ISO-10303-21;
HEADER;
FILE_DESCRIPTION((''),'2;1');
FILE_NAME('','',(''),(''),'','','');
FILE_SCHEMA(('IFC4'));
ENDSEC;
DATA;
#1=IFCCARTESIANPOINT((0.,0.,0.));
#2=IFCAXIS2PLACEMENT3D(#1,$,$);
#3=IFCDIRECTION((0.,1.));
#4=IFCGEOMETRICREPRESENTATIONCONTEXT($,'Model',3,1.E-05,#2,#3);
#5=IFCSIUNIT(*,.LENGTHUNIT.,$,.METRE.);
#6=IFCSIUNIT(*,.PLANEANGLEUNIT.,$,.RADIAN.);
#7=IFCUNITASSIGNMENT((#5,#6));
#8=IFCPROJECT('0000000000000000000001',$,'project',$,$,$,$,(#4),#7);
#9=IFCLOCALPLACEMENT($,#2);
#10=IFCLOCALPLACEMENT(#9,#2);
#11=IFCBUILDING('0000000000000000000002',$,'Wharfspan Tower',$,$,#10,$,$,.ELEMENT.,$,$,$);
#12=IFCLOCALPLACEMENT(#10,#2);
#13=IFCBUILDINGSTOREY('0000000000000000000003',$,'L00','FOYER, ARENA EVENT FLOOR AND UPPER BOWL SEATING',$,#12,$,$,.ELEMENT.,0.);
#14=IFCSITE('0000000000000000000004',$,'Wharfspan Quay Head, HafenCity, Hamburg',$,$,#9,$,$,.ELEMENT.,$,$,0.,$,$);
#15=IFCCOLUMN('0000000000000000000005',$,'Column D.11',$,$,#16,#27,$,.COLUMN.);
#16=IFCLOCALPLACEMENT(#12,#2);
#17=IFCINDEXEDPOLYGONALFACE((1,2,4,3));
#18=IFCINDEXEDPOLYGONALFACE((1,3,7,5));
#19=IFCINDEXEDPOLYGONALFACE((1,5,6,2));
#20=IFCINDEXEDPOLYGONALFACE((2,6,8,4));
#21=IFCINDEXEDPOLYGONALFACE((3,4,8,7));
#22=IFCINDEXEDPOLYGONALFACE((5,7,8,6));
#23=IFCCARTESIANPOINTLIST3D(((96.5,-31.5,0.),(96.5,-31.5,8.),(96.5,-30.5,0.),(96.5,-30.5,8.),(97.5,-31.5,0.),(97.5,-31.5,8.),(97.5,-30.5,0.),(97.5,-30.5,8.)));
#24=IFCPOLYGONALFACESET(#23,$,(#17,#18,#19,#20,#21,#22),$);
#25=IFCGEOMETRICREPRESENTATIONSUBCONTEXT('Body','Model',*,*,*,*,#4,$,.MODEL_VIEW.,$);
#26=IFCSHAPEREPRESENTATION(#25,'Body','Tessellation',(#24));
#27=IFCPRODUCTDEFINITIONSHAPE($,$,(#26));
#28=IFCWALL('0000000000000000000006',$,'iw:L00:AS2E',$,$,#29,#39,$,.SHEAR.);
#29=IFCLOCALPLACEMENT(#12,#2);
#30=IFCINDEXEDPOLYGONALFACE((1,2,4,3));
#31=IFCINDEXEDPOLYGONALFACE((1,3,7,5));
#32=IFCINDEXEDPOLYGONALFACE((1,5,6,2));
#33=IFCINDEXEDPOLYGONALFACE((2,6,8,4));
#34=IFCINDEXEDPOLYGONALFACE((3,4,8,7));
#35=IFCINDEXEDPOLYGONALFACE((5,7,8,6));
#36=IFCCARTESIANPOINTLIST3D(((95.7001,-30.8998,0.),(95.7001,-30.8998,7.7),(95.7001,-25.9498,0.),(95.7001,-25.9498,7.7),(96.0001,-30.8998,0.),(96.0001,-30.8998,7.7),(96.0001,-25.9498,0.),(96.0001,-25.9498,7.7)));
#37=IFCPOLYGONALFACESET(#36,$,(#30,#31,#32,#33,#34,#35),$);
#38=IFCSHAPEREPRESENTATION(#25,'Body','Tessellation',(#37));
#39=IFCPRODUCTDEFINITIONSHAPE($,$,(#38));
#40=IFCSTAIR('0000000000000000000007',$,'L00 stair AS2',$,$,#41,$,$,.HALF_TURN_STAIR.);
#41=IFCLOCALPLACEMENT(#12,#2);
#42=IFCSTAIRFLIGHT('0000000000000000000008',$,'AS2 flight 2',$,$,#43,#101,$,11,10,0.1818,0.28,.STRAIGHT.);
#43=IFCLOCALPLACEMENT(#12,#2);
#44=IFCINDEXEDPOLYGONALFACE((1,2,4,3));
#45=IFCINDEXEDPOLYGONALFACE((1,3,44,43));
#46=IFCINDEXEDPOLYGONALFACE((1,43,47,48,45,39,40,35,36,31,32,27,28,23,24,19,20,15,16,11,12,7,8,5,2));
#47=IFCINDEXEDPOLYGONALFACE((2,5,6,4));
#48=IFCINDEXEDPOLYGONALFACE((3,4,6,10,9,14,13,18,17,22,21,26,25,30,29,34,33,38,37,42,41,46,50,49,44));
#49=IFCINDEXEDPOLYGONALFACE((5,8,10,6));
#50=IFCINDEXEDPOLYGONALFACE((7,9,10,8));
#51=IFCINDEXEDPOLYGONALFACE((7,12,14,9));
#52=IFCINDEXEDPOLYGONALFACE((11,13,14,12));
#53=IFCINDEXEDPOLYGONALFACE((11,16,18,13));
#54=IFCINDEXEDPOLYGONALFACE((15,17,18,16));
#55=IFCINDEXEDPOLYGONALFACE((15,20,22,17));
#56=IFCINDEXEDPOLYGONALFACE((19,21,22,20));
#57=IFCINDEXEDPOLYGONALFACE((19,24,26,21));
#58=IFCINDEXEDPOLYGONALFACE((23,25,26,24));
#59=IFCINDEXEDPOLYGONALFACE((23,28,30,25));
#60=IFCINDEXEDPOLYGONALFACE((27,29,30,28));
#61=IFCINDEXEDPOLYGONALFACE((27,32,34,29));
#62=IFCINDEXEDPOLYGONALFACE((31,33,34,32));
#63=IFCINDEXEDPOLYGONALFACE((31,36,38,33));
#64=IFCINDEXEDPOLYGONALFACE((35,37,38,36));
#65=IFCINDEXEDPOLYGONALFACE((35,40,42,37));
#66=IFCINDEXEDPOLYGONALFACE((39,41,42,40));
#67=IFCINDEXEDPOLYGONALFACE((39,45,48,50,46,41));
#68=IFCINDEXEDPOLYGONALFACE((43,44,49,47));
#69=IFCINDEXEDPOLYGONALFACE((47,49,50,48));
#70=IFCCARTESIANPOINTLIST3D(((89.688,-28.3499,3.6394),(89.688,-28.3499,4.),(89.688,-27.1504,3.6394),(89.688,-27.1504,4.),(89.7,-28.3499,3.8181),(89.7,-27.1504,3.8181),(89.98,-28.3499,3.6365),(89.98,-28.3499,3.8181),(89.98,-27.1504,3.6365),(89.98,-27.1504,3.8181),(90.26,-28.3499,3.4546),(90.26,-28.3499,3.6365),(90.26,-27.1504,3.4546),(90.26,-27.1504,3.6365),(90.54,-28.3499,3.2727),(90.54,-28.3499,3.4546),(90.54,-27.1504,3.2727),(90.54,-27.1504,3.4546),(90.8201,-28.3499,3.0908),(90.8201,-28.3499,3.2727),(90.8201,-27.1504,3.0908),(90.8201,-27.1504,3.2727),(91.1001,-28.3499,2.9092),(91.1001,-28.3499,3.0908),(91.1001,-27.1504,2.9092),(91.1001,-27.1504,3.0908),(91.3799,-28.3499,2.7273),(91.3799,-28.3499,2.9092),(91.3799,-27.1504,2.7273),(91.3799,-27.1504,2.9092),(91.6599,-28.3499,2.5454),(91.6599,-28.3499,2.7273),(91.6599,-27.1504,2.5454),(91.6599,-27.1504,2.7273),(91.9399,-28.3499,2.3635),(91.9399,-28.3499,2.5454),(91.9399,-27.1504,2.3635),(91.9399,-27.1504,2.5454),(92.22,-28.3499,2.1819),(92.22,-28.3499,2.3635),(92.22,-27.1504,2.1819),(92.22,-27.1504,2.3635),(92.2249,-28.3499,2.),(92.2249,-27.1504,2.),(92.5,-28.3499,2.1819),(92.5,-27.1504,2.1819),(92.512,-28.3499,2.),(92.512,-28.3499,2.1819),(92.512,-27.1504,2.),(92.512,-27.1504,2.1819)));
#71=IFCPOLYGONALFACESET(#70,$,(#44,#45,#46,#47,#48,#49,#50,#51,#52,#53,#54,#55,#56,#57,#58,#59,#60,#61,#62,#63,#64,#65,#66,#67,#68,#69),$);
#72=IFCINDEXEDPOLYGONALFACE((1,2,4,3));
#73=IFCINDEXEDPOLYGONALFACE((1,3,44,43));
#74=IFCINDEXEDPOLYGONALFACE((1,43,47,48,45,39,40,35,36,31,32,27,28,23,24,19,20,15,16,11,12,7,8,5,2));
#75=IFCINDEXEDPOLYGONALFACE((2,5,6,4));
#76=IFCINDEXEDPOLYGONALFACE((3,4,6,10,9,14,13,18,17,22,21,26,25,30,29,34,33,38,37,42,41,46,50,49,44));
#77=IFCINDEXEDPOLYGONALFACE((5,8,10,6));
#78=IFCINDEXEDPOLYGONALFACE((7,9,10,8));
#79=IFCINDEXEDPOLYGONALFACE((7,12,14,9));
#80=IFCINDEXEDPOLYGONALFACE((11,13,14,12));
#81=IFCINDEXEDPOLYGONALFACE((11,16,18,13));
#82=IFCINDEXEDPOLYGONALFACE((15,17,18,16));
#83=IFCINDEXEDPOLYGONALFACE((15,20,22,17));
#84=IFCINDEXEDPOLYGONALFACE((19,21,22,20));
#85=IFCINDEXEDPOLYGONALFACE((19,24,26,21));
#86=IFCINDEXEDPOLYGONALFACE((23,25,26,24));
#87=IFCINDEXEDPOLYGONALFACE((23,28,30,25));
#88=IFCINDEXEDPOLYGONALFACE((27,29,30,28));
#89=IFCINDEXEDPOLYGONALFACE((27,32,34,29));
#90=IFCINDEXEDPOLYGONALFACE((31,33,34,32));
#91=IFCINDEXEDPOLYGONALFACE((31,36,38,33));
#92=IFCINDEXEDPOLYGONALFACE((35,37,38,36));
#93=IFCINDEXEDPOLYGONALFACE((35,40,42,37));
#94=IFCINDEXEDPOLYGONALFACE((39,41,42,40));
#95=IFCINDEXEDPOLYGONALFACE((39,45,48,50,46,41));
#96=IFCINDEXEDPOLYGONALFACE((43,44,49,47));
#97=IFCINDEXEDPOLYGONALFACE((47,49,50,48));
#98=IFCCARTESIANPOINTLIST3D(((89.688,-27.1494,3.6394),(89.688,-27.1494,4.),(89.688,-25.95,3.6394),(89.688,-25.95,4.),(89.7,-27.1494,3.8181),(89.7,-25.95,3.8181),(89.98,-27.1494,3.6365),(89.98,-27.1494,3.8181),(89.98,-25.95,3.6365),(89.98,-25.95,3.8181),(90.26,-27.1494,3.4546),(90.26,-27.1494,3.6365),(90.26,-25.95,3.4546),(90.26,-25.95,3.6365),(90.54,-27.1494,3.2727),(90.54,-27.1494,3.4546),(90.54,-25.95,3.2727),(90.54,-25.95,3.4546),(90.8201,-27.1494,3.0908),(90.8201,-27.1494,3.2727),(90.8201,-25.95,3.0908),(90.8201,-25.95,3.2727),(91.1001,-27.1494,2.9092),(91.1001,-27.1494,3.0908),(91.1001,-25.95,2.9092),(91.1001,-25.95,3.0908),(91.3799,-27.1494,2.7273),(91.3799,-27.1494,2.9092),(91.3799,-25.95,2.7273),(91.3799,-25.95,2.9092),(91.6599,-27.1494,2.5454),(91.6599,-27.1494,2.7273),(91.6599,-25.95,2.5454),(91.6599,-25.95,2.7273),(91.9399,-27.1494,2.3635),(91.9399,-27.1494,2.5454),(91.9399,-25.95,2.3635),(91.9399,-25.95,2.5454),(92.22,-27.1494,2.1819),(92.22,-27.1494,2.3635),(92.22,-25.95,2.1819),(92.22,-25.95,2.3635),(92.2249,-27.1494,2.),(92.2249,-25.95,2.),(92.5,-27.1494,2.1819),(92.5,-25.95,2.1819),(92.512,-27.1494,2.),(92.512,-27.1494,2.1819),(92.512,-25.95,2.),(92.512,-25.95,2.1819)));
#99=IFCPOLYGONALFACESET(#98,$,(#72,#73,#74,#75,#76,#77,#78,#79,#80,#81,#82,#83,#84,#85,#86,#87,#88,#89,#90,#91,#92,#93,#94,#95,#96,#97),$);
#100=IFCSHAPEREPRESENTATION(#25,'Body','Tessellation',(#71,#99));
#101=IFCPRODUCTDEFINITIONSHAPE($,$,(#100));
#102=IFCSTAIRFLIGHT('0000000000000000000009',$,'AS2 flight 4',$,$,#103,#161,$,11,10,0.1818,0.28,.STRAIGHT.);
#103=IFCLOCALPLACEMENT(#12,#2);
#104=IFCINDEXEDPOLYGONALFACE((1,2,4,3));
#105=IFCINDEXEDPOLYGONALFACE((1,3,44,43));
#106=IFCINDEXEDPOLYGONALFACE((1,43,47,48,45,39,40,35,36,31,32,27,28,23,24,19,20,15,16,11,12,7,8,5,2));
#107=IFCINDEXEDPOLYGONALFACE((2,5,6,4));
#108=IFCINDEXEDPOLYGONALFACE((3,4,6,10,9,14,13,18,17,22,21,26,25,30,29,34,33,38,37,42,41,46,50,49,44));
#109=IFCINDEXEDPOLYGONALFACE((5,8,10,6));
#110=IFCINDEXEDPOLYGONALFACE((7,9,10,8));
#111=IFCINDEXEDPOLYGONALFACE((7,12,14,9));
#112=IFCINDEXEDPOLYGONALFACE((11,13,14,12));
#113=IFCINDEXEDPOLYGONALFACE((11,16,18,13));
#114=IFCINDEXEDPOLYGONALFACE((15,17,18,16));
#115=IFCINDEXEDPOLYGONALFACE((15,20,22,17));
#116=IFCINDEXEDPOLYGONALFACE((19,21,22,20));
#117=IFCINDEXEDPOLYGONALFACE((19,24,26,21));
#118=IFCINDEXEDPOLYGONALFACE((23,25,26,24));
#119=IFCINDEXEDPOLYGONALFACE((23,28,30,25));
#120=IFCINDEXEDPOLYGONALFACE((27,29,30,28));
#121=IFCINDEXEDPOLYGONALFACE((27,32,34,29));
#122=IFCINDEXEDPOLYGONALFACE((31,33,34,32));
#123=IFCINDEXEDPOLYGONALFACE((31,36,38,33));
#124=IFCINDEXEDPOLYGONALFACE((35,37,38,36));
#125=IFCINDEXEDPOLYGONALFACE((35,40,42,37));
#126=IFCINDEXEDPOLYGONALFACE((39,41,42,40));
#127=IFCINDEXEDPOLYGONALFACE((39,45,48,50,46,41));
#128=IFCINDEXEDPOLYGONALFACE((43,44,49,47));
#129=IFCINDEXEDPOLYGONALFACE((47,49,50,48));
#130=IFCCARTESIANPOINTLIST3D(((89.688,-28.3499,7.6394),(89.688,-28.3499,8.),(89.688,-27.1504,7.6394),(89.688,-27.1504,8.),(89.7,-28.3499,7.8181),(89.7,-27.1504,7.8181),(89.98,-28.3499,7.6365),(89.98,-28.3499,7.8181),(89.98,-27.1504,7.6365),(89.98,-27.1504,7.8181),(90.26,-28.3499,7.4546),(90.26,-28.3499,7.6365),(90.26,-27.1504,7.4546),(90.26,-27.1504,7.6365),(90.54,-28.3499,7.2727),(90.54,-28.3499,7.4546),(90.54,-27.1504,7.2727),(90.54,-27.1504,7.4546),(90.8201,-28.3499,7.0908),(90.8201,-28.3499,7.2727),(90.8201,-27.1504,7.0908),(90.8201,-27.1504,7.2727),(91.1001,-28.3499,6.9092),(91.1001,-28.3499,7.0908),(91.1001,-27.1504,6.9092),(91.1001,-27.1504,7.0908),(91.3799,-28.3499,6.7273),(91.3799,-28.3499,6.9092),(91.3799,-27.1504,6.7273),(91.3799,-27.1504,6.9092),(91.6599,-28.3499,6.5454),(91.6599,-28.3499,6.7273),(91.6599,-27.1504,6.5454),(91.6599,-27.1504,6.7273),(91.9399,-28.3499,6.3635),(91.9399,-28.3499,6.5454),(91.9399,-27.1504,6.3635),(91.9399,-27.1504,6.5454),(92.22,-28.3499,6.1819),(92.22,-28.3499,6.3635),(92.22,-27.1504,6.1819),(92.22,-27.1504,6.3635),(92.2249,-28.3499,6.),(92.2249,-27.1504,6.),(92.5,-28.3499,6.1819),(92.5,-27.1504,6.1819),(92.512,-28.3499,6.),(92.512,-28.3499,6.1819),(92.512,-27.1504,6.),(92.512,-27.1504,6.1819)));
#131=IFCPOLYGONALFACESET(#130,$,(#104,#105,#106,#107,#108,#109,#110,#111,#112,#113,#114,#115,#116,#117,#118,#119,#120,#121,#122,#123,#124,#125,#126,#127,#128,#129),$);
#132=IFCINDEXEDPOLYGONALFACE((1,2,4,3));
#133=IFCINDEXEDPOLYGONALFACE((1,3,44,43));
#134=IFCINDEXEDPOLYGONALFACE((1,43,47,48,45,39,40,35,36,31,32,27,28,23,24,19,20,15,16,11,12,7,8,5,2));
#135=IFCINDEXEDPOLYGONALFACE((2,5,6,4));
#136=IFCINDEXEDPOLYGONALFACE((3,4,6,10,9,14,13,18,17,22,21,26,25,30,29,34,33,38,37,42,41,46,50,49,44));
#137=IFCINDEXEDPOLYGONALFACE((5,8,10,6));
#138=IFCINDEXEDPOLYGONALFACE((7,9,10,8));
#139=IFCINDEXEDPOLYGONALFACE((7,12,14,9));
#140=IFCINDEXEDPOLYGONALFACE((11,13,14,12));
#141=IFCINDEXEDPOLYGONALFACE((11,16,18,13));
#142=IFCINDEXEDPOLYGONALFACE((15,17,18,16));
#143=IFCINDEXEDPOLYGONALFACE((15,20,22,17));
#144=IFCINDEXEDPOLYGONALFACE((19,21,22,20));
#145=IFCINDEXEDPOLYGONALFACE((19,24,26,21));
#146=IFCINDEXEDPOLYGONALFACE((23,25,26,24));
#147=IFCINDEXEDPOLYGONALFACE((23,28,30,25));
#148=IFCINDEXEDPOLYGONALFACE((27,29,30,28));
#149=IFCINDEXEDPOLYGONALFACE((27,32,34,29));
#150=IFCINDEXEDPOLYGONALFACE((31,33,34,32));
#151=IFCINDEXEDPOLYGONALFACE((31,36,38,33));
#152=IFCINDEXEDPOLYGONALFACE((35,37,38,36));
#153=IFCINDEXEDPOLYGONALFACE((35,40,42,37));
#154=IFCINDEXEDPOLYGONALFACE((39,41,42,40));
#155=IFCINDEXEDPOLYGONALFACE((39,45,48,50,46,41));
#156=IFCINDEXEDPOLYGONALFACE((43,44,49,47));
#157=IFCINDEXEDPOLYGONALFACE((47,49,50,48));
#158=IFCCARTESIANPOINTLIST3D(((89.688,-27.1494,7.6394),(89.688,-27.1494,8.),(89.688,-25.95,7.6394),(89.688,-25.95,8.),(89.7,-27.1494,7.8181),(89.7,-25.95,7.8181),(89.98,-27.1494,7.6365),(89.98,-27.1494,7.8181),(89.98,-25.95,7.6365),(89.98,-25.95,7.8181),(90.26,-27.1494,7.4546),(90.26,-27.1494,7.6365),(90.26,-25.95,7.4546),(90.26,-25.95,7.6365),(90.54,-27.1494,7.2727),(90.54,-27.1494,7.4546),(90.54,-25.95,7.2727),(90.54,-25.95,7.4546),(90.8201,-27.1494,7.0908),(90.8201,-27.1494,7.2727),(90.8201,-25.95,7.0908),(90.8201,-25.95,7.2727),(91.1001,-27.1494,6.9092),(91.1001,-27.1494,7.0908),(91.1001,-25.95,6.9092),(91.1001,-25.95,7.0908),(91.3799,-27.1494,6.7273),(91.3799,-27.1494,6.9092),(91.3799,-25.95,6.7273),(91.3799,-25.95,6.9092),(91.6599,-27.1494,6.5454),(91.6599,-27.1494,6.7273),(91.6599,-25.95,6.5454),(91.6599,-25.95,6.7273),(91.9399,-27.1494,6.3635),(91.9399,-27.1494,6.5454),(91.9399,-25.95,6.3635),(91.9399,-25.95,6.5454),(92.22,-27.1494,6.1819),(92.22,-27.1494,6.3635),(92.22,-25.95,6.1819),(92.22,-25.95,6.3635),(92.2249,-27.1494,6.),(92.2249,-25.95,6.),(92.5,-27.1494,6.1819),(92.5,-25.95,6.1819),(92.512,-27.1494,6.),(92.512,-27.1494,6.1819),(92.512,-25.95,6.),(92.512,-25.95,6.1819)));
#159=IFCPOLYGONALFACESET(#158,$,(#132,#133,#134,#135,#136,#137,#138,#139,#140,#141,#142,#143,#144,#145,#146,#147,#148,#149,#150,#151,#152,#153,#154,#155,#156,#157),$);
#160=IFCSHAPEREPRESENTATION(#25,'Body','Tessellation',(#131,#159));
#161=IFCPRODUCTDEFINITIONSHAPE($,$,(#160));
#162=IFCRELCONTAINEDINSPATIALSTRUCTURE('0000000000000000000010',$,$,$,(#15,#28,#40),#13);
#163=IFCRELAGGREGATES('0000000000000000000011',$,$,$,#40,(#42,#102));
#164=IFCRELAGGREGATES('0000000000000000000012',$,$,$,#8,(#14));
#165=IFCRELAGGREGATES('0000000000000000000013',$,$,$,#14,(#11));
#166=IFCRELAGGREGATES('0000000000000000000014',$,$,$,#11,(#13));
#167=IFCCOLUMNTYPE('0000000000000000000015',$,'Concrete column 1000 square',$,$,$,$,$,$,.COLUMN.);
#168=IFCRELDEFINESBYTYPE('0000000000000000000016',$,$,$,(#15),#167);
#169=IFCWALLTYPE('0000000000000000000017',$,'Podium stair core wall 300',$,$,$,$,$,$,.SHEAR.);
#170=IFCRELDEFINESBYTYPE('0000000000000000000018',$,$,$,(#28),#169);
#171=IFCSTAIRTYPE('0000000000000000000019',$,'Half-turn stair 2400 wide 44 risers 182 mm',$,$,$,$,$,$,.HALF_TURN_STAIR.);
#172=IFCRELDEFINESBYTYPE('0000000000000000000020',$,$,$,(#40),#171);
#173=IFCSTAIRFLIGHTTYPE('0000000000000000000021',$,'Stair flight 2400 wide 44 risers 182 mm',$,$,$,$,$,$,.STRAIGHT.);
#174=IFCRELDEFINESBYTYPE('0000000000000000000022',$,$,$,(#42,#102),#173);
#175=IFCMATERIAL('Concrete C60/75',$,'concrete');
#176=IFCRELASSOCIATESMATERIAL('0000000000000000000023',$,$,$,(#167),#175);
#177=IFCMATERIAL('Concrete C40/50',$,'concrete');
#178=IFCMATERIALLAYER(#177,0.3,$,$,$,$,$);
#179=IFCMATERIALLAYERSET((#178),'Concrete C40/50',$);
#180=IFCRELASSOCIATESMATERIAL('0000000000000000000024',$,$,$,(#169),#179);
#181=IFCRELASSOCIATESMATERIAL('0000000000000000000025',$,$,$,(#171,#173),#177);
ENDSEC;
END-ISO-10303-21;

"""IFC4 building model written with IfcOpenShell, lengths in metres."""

from ifc_helpers import new_model, si_unit, direction, frame, frame_2d, origin, origin_2d, place, context, subcontext, project, spatial, polyline, rectangle, outline, extrude, material, layer, layer_set, material_profile, profile_set, type_object, element, aggregate, save


model = new_model("IFC4")

# Units and contexts
model_context = context("Model", 3, precision=1e-05, world=origin(), true_north=direction((0.0, 1.0)))
body_context = subcontext(model_context, "Body", "Model", "MODEL_VIEW")
ifc_project = project(units=[si_unit("LENGTHUNIT", "METRE"), si_unit("PLANEANGLEUNIT", "RADIAN")], contexts=[model_context])

# Site, building, storey
site_placement = place(None, origin())
site = spatial("IfcSite", under=ifc_project, at=site_placement, Name="Wharfspan Quay Head, HafenCity, Hamburg", CompositionType="ELEMENT", RefElevation=0.0)
building_placement = place(site_placement, origin())
building = spatial("IfcBuilding", under=site, at=building_placement, Name="Wharfspan Tower", CompositionType="ELEMENT")
storey_placement = place(building_placement, origin())
storey = spatial("IfcBuildingStorey", under=building, at=storey_placement, Name="L00", Description="FOYER, ARENA EVENT FLOOR AND UPPER BOWL SEATING", CompositionType="ELEMENT", Elevation=0.0)

# Column
ifc_material_1 = material(Name="Concrete C60/75", Category="concrete")
ifc_material_profile = material_profile(ifc_material_1, rectangle(XDim=1.0, YDim=1.0, at=origin_2d()))
ifc_profile_set = profile_set([ifc_material_profile], Name="Concrete C60/75")
column_type = type_object("IfcColumnType", Name="Concrete column 1000 square", PredefinedType="COLUMN", material=ifc_profile_set)
column_placement = place(storey_placement, frame((97.0, -31.0, 0.0), z_axis=(0.0, 0.0, 1.0), x_axis=(1.0, 0.0, 0.0)))
element("IfcColumn", 1, at=column_placement, inside=storey, type_object=column_type, Name="Column D.11", PredefinedType="COLUMN", context=body_context, shape_type="SweptSolid", body=[
    extrude(rectangle(XDim=1.0, YDim=1.0, at=origin_2d()), origin(), (0.0, 0.0, 1.0), 8.0),
])

# Wall
ifc_material_2 = material(Name="Concrete C40/50", Category="concrete")
ifc_layer_1 = layer(ifc_material_2, 0.3)
ifc_layer_set_1 = layer_set([ifc_layer_1], Name="Concrete C40/50")
wall_type_1 = type_object("IfcWallType", Name="Podium stair core wall 300", PredefinedType="SHEAR", material=ifc_layer_set_1)
wall_1_placement = place(storey_placement, frame((95.8501, -30.8999, 0.0), z_axis=(0.0, 0.0, 1.0), x_axis=(0.0, 1.0, 0.0)))
element("IfcWall", 2, at=wall_1_placement, inside=storey, type_object=wall_type_1, Name="iw:L00:AS2E", PredefinedType="SHEAR", context=body_context, shape_type="SweptSolid", body=[
    extrude(rectangle(XDim=4.95, YDim=0.3, at=frame_2d((2.4751, 0.0))), origin(), (0.0, 0.0, 1.0), 7.7),
])

# Stair, stair flights
stair_type = type_object("IfcStairType", Name="Half-turn stair 2400 wide 44 risers 182 mm", PredefinedType="HALF_TURN_STAIR", material=ifc_material_2)
stair_placement = place(storey_placement, origin())
stair = element("IfcStair", 3, at=stair_placement, inside=storey, type_object=stair_type, Name="L00 stair AS2", PredefinedType="HALF_TURN_STAIR")
stair_flight_type = type_object("IfcStairFlightType", Name="Stair flight 2400 wide 44 risers 182 mm", PredefinedType="STRAIGHT", material=ifc_material_2)
stair_flight_1_placement = place(storey_placement, frame((92.5, -27.1499, 2.0), z_axis=(0.0, 0.0, 1.0), x_axis=(-1.0, 0.0, 0.0)))
stair_flight_1 = element("IfcStairFlight", 4, at=stair_flight_1_placement, type_object=stair_flight_type, Name="AS2 flight 2", NumberOfRisers=11, NumberOfTreads=10, PredefinedType="STRAIGHT", RiserHeight=0.1818, TreadLength=0.28, context=body_context, shape_type="SweptSolid", body=[
    extrude(outline(polyline([(-0.012, 0.0), (-0.012, 0.1819), (0.0, 0.1819), (0.28, 0.1819), (0.28, 0.3635), (0.5601, 0.3635), (0.5601, 0.5454), (0.8401, 0.5454), (0.8401, 0.7273), (1.1201, 0.7273), (1.1201, 0.9092), (1.3999, 0.9092), (1.3999, 1.0908), (1.6799, 1.0908), (1.6799, 1.2727), (1.96, 1.2727), (1.96, 1.4546), (2.24, 1.4546), (2.24, 1.6365), (2.52, 1.6365), (2.52, 1.8181), (2.8, 1.8181), (2.812, 2.0), (2.812, 1.6394), (0.2751, 0.0), (-0.012, 0.0)])), frame((0.0, 1.2, 0.0), z_axis=(0.0, -1.0, 0.0), x_axis=(1.0, 0.0, 0.0)), (0.0, 0.0, 1.0), 1.1995),
    extrude(outline(polyline([(-0.012, 0.0), (-0.012, 0.1819), (0.0, 0.1819), (0.28, 0.1819), (0.28, 0.3635), (0.5601, 0.3635), (0.5601, 0.5454), (0.8401, 0.5454), (0.8401, 0.7273), (1.1201, 0.7273), (1.1201, 0.9092), (1.3999, 0.9092), (1.3999, 1.0908), (1.6799, 1.0908), (1.6799, 1.2727), (1.96, 1.2727), (1.96, 1.4546), (2.24, 1.4546), (2.24, 1.6365), (2.52, 1.6365), (2.52, 1.8181), (2.8, 1.8181), (2.812, 2.0), (2.812, 1.6394), (0.2751, 0.0), (-0.012, 0.0)])), frame((0.0, -0.0005, 0.0), z_axis=(0.0, -1.0, 0.0), x_axis=(1.0, 0.0, 0.0)), (0.0, 0.0, 1.0), 1.1995),
])
stair_flight_2_placement = place(storey_placement, frame((92.5, -27.1499, 6.0), z_axis=(0.0, 0.0, 1.0), x_axis=(-1.0, 0.0, 0.0)))
stair_flight_2 = element("IfcStairFlight", 5, at=stair_flight_2_placement, type_object=stair_flight_type, Name="AS2 flight 4", NumberOfRisers=11, NumberOfTreads=10, PredefinedType="STRAIGHT", RiserHeight=0.1818, TreadLength=0.28, context=body_context, shape_type="SweptSolid", body=[
    extrude(outline(polyline([(-0.012, 0.0), (-0.012, 0.1819), (0.0, 0.1819), (0.28, 0.1819), (0.28, 0.3635), (0.5601, 0.3635), (0.5601, 0.5454), (0.8401, 0.5454), (0.8401, 0.7273), (1.1201, 0.7273), (1.1201, 0.9092), (1.3999, 0.9092), (1.3999, 1.0908), (1.6799, 1.0908), (1.6799, 1.2727), (1.96, 1.2727), (1.96, 1.4546), (2.24, 1.4546), (2.24, 1.6365), (2.52, 1.6365), (2.52, 1.8181), (2.8, 1.8181), (2.812, 2.0), (2.812, 1.6394), (0.2751, 0.0), (-0.012, 0.0)])), frame((0.0, 1.2, 0.0), z_axis=(0.0, -1.0, 0.0), x_axis=(1.0, 0.0, 0.0)), (0.0, 0.0, 1.0), 1.1995),
    extrude(outline(polyline([(-0.012, 0.0), (-0.012, 0.1819), (0.0, 0.1819), (0.28, 0.1819), (0.28, 0.3635), (0.5601, 0.3635), (0.5601, 0.5454), (0.8401, 0.5454), (0.8401, 0.7273), (1.1201, 0.7273), (1.1201, 0.9092), (1.3999, 0.9092), (1.3999, 1.0908), (1.6799, 1.0908), (1.6799, 1.2727), (1.96, 1.2727), (1.96, 1.4546), (2.24, 1.4546), (2.24, 1.6365), (2.52, 1.6365), (2.52, 1.8181), (2.8, 1.8181), (2.812, 2.0), (2.812, 1.6394), (0.2751, 0.0), (-0.012, 0.0)])), frame((0.0, -0.0005, 0.0), z_axis=(0.0, -1.0, 0.0), x_axis=(1.0, 0.0, 0.0)), (0.0, 0.0, 1.0), 1.1995),
])
aggregate(stair, [stair_flight_1, stair_flight_2])

save(model, "model.ifc")
